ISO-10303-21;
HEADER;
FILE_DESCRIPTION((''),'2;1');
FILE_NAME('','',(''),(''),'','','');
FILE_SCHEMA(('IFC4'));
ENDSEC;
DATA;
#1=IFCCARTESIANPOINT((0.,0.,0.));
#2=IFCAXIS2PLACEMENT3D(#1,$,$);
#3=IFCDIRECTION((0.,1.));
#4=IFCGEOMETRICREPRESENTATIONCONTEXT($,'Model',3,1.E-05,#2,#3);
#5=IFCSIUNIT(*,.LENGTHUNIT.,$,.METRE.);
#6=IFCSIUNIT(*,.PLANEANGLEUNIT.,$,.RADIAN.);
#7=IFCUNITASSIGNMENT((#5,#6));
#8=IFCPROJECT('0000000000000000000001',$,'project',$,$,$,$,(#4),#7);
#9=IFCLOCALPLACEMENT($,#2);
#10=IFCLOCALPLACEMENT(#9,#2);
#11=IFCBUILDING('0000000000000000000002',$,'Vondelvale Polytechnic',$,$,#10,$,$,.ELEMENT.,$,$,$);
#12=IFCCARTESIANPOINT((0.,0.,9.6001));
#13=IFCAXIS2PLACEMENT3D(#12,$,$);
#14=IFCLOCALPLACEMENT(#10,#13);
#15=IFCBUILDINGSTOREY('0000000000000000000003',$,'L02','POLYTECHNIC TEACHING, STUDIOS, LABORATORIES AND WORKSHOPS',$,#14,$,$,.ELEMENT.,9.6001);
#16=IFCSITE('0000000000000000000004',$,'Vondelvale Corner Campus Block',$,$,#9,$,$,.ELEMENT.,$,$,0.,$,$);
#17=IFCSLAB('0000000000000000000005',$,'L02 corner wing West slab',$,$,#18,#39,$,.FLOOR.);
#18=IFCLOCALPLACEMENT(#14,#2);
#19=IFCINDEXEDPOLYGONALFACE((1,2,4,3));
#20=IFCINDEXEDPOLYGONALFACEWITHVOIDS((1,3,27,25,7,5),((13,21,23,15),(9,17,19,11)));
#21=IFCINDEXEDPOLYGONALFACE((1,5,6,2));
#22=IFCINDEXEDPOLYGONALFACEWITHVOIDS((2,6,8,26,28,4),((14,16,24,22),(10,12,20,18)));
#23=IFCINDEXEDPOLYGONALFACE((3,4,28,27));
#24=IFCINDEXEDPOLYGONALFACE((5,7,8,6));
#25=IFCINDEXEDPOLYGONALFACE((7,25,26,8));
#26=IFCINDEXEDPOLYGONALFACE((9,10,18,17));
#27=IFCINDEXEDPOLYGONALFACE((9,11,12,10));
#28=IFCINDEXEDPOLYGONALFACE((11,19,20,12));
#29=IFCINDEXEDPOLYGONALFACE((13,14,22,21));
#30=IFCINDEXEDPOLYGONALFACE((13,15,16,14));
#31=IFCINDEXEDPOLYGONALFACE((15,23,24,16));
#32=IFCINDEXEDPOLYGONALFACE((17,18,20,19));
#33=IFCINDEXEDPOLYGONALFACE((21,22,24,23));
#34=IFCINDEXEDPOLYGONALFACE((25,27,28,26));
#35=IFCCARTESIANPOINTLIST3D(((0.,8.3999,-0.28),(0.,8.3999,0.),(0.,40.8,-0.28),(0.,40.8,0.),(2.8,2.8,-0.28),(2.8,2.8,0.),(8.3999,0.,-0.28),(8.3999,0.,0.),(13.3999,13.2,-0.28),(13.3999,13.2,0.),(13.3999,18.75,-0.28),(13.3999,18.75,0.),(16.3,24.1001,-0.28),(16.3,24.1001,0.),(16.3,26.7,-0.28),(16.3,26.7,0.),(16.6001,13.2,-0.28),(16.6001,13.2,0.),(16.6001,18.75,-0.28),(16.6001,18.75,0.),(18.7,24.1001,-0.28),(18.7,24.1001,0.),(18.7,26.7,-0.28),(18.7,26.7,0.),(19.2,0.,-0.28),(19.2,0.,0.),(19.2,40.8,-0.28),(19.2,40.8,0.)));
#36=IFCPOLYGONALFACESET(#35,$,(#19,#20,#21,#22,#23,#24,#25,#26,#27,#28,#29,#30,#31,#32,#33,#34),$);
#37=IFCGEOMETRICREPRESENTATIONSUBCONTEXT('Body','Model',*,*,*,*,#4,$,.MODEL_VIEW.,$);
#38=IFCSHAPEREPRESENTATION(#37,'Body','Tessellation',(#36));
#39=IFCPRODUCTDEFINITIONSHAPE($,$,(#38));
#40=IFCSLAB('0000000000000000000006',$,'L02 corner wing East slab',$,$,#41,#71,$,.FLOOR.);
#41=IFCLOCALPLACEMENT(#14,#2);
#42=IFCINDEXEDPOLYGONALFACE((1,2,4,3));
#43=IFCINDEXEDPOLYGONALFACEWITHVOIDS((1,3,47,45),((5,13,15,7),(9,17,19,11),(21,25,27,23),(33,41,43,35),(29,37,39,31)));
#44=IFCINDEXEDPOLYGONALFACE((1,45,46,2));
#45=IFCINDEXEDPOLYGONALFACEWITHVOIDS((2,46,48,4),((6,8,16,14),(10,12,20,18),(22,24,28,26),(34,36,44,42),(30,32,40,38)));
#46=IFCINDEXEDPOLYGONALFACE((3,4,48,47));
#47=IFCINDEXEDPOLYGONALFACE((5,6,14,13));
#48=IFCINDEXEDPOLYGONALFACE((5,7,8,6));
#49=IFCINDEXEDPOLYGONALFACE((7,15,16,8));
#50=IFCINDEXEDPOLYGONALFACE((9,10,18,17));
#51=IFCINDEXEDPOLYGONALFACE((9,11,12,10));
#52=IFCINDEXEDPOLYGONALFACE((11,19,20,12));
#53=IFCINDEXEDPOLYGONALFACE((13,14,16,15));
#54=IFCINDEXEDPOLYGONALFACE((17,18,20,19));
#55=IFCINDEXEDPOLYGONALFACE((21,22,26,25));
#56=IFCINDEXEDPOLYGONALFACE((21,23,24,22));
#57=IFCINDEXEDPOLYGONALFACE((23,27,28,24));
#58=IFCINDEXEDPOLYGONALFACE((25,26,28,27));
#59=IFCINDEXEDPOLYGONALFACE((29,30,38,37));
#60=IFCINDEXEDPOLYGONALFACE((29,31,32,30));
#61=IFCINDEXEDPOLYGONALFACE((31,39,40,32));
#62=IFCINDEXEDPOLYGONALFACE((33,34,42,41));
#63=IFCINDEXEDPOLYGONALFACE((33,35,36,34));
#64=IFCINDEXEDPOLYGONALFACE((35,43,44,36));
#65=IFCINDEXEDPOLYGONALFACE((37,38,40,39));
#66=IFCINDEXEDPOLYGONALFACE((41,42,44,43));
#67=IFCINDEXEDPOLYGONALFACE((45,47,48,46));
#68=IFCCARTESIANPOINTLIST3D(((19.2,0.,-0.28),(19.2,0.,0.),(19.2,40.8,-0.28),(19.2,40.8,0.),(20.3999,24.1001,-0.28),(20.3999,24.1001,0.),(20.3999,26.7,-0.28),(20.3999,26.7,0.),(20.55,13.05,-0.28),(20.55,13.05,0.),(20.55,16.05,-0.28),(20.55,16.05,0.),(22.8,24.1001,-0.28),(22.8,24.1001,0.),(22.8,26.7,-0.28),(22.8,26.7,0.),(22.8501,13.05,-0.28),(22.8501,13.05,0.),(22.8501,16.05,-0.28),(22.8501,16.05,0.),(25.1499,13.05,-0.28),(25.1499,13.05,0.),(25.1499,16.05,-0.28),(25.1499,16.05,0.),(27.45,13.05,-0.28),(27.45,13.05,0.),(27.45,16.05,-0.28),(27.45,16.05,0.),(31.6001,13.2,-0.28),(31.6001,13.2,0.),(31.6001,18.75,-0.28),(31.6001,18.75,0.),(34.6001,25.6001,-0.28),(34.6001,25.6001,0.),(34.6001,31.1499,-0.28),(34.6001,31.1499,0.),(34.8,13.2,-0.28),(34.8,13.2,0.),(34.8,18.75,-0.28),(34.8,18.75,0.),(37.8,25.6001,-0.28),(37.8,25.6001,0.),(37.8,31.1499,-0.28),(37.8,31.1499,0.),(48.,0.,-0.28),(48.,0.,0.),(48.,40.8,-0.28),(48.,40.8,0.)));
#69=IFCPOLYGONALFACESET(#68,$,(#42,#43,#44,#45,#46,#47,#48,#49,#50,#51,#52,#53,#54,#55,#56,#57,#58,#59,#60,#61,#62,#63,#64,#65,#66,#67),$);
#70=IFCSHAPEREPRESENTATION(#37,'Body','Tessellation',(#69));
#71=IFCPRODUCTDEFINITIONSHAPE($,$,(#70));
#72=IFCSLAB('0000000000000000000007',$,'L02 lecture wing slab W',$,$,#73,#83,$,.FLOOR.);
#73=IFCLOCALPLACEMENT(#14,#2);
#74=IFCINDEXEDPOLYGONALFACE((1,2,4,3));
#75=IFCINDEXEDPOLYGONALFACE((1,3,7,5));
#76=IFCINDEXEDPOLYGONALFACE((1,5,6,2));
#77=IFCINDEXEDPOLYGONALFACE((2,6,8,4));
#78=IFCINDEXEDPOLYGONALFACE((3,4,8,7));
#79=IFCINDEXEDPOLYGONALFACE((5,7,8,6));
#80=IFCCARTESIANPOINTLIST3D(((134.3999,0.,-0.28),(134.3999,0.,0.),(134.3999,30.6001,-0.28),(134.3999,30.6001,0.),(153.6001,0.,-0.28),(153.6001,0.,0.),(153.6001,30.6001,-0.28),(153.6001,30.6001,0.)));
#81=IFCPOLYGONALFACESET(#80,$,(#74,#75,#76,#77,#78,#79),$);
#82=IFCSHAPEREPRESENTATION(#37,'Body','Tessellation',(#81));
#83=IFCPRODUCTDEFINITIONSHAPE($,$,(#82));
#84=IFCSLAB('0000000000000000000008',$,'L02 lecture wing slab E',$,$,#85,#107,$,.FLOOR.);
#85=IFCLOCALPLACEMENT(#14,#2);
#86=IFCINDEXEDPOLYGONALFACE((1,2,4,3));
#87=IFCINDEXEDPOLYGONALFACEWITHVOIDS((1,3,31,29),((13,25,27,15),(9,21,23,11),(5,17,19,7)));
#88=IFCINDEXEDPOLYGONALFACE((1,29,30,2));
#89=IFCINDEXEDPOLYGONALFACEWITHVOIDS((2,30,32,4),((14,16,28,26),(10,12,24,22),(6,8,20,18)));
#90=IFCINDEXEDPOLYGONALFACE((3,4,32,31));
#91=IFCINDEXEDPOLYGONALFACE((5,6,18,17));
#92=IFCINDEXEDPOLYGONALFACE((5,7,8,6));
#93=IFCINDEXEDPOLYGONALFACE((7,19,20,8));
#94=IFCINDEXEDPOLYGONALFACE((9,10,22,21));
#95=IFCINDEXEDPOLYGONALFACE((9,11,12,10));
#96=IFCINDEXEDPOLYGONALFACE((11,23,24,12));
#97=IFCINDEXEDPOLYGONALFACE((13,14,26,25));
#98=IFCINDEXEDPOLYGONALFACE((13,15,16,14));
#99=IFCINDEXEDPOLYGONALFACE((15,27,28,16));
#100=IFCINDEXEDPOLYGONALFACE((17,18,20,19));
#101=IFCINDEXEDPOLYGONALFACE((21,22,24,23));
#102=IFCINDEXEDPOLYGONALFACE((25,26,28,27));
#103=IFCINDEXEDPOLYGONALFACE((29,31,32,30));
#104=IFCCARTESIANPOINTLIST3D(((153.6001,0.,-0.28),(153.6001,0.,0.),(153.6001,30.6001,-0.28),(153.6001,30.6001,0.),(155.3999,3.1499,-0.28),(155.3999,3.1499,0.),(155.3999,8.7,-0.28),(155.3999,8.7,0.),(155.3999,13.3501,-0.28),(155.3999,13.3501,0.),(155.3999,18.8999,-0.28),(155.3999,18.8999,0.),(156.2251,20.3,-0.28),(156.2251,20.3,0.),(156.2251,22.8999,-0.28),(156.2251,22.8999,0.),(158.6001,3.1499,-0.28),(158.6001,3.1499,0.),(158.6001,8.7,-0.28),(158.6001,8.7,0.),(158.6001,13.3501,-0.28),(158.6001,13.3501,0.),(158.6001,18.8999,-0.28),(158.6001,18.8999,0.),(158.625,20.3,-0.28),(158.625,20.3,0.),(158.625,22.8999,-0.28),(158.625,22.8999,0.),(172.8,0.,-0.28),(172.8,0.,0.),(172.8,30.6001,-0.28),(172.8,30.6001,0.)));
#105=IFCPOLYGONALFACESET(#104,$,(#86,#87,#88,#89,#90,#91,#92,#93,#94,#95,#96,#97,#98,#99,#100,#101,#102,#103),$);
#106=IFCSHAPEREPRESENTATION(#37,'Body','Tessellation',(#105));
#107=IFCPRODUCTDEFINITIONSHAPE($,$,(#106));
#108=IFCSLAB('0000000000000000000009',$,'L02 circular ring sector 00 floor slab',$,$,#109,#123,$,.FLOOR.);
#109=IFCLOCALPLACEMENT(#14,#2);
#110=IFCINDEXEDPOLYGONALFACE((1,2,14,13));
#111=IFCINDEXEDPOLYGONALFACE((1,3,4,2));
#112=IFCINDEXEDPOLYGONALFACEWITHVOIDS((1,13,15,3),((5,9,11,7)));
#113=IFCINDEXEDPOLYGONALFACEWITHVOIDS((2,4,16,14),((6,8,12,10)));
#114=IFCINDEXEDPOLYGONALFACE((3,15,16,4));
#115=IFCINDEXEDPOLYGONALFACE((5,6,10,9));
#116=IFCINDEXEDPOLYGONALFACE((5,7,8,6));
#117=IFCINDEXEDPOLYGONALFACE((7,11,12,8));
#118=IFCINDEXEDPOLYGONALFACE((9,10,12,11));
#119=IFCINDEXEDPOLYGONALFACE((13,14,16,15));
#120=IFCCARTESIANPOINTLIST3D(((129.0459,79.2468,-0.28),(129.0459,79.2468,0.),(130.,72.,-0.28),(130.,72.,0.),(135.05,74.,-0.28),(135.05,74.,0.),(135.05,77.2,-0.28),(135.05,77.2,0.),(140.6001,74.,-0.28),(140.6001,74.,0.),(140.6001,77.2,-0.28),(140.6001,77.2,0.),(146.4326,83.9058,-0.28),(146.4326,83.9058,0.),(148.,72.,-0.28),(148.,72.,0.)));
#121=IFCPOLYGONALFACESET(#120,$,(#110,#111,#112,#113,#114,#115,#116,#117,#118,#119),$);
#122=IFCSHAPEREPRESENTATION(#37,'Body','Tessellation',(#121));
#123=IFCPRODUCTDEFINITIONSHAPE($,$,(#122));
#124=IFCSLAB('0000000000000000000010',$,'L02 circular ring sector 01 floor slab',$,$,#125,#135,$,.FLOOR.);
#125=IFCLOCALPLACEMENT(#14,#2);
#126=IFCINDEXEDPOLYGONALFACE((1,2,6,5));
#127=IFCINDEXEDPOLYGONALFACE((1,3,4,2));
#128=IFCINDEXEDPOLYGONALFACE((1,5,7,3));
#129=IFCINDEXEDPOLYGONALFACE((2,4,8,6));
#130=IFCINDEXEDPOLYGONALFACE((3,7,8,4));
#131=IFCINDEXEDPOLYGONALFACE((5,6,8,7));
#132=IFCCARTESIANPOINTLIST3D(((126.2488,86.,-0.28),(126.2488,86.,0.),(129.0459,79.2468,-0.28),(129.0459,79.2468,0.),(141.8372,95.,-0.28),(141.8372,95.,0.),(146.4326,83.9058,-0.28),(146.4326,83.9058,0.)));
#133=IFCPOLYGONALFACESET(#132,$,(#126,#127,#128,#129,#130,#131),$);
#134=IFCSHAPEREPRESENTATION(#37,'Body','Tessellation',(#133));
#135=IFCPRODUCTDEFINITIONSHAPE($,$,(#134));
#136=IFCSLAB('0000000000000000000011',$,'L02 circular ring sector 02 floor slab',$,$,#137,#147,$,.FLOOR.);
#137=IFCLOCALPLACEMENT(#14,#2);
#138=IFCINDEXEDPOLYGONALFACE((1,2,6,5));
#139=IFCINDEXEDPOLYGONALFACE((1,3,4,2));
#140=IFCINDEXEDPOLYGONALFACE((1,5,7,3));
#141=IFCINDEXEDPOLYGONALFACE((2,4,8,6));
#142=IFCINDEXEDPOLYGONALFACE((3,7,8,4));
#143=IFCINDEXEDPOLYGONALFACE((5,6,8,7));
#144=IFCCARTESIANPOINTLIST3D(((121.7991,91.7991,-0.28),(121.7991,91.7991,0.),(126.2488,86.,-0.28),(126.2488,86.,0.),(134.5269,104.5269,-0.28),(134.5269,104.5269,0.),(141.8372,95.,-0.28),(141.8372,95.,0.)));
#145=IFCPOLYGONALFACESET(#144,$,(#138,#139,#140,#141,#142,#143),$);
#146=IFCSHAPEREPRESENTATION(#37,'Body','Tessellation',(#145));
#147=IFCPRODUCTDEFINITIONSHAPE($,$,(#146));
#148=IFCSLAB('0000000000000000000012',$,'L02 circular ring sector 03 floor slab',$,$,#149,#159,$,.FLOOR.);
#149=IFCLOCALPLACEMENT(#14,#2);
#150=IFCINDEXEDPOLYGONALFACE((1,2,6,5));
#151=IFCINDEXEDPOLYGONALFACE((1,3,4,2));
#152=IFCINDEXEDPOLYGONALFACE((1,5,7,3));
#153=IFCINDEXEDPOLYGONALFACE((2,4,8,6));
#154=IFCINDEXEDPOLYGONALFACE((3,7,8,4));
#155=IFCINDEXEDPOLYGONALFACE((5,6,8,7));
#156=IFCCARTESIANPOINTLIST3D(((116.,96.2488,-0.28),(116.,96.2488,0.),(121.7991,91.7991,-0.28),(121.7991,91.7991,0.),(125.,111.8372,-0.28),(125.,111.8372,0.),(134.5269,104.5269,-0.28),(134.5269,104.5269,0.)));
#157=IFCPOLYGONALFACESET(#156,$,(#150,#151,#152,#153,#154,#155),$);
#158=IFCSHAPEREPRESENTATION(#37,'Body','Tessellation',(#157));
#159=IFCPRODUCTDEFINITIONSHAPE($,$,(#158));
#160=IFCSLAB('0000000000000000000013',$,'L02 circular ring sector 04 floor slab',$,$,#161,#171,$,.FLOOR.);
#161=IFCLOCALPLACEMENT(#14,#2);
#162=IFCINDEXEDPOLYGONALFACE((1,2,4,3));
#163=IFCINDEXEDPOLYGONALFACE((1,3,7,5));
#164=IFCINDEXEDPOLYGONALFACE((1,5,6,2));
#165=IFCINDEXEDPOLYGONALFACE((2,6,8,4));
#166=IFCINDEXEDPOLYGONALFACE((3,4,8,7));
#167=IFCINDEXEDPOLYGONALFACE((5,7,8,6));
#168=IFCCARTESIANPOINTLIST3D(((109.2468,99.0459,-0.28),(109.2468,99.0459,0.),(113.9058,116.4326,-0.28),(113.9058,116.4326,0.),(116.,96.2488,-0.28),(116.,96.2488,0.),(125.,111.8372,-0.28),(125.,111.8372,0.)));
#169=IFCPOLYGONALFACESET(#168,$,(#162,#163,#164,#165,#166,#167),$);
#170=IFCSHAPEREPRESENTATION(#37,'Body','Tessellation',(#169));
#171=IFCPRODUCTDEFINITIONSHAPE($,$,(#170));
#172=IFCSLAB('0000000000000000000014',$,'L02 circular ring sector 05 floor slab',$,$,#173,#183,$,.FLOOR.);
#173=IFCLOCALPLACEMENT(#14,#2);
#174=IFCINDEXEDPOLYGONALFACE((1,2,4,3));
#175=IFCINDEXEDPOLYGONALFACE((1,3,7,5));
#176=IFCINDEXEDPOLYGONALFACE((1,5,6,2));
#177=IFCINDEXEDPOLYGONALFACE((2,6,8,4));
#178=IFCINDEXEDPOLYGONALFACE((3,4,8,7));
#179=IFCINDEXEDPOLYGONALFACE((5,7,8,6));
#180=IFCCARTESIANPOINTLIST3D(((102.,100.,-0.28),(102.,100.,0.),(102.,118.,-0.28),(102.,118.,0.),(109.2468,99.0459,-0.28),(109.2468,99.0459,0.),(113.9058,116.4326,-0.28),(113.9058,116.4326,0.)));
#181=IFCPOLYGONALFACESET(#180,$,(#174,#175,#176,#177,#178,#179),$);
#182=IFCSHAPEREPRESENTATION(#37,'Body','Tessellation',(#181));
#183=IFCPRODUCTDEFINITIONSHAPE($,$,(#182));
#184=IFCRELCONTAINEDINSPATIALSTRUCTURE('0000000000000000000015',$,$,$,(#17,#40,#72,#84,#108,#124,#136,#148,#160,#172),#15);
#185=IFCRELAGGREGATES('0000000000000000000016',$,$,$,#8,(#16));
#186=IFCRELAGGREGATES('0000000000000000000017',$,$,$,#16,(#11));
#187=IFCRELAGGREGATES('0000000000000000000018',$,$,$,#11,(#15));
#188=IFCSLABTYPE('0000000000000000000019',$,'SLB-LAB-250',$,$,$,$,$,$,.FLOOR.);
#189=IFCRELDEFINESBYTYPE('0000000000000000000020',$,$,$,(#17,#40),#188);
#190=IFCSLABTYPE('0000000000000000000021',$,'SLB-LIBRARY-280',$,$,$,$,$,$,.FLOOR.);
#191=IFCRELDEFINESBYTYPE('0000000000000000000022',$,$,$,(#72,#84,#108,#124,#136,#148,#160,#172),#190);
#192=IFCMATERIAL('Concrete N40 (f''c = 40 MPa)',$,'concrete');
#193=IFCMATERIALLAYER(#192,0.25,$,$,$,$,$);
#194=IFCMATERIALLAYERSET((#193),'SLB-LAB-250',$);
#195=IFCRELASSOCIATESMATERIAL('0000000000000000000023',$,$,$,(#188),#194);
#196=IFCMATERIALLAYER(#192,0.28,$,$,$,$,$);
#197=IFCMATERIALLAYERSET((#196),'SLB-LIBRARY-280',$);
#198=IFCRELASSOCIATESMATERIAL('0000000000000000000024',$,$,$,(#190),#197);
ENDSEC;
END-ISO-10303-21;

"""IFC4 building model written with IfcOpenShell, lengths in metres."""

from ifc_helpers import new_model, si_unit, direction, frame, origin, place, context, subcontext, project, spatial, polyline, outline, extrude, material, layer, layer_set, type_object, element, save


model = new_model("IFC4")

# Units and contexts
model_context = context("Model", 3, precision=1e-05, world=origin(), true_north=direction((0.0, 1.0)))
body_context = subcontext(model_context, "Body", "Model", "MODEL_VIEW")
ifc_project = project(units=[si_unit("LENGTHUNIT", "METRE"), si_unit("PLANEANGLEUNIT", "RADIAN")], contexts=[model_context])

# Site, building, storey
site_placement = place(None, origin())
site = spatial("IfcSite", under=ifc_project, at=site_placement, Name="Vondelvale Corner Campus Block", CompositionType="ELEMENT", RefElevation=0.0)
building_placement = place(site_placement, origin())
building = spatial("IfcBuilding", under=site, at=building_placement, Name="Vondelvale Polytechnic", CompositionType="ELEMENT")
storey_placement = place(building_placement, frame((0.0, 0.0, 9.6001)))
storey = spatial("IfcBuildingStorey", under=building, at=storey_placement, Name="L02", Description="POLYTECHNIC TEACHING, STUDIOS, LABORATORIES AND WORKSHOPS", CompositionType="ELEMENT", Elevation=9.6001)

# Slabs
ifc_material = material(Name="Concrete N40 (f'c = 40 MPa)", Category="concrete")
ifc_layer_1 = layer(ifc_material, 0.25)
ifc_layer_set_1 = layer_set([ifc_layer_1], Name="SLB-LAB-250")
slab_type_1 = type_object("IfcSlabType", Name="SLB-LAB-250", PredefinedType="FLOOR", material=ifc_layer_set_1)
slab_1_placement = place(storey_placement, frame((0.0, 0.0, -0.28)))
element("IfcSlab", 1, at=slab_1_placement, inside=storey, type_object=slab_type_1, Name="L02 corner wing West slab", PredefinedType="FLOOR", context=body_context, shape_type="SweptSolid", body=[
    extrude(outline(polyline([(8.3999, 0.0), (19.2, 0.0), (19.2, 40.8), (0.0, 40.8), (0.0, 8.3999), (2.8, 2.8), (8.3999, 0.0)]), holes=[polyline([(13.3999, 18.75), (13.3999, 13.2), (16.6001, 13.2), (16.6001, 18.75), (13.3999, 18.75)]), polyline([(16.3, 24.1001), (18.7, 24.1001), (18.7, 26.7), (16.3, 26.7), (16.3, 24.1001)])]), origin(), (0.0, 0.0, 1.0), 0.28),
])
slab_2_placement = place(storey_placement, frame((0.0, 0.0, -0.28)))
element("IfcSlab", 2, at=slab_2_placement, inside=storey, type_object=slab_type_1, Name="L02 corner wing East slab", PredefinedType="FLOOR", context=body_context, shape_type="SweptSolid", body=[
    extrude(outline(polyline([(19.2, 0.0), (48.0, 0.0), (48.0, 40.8), (19.2, 40.8), (19.2, 0.0)]), holes=[polyline([(31.6001, 18.75), (31.6001, 13.2), (34.8, 13.2), (34.8, 18.75), (31.6001, 18.75)]), polyline([(37.8, 25.6001), (37.8, 31.1499), (34.6001, 31.1499), (34.6001, 25.6001), (37.8, 25.6001)]), polyline([(20.55, 13.05), (22.8501, 13.05), (22.8501, 16.05), (20.55, 16.05), (20.55, 13.05)]), polyline([(25.1499, 13.05), (27.45, 13.05), (27.45, 16.05), (25.1499, 16.05), (25.1499, 13.05)]), polyline([(20.3999, 24.1001), (22.8, 24.1001), (22.8, 26.7), (20.3999, 26.7), (20.3999, 24.1001)])]), origin(), (0.0, 0.0, 1.0), 0.28),
])
ifc_layer_2 = layer(ifc_material, 0.28)
ifc_layer_set_2 = layer_set([ifc_layer_2], Name="SLB-LIBRARY-280")
slab_type_2 = type_object("IfcSlabType", Name="SLB-LIBRARY-280", PredefinedType="FLOOR", material=ifc_layer_set_2)
slab_3_placement = place(storey_placement, frame((0.0, 0.0, -0.28)))
element("IfcSlab", 3, at=slab_3_placement, inside=storey, type_object=slab_type_2, Name="L02 lecture wing slab W", PredefinedType="FLOOR", context=body_context, shape_type="SweptSolid", body=[
    extrude(outline(polyline([(134.3999, 0.0), (153.6001, 0.0), (153.6001, 30.6001), (134.3999, 30.6001), (134.3999, 0.0)])), origin(), (0.0, 0.0, 1.0), 0.28),
])
slab_4_placement = place(storey_placement, frame((0.0, 0.0, -0.28)))
element("IfcSlab", 4, at=slab_4_placement, inside=storey, type_object=slab_type_2, Name="L02 lecture wing slab E", PredefinedType="FLOOR", context=body_context, shape_type="SweptSolid", body=[
    extrude(outline(polyline([(153.6001, 0.0), (172.8, 0.0), (172.8, 30.6001), (153.6001, 30.6001), (153.6001, 0.0)]), holes=[polyline([(158.6001, 3.1499), (158.6001, 8.7), (155.3999, 8.7), (155.3999, 3.1499), (158.6001, 3.1499)]), polyline([(158.6001, 13.3501), (158.6001, 18.8999), (155.3999, 18.8999), (155.3999, 13.3501), (158.6001, 13.3501)]), polyline([(156.2251, 20.3), (158.625, 20.3), (158.625, 22.8999), (156.2251, 22.8999), (156.2251, 20.3)])]), origin(), (0.0, 0.0, 1.0), 0.28),
])
slab_5_placement = place(storey_placement, frame((0.0, 0.0, -0.28)))
element("IfcSlab", 5, at=slab_5_placement, inside=storey, type_object=slab_type_2, Name="L02 circular ring sector 00 floor slab", PredefinedType="FLOOR", context=body_context, shape_type="SweptSolid", body=[
    extrude(outline(polyline([(130.0, 72.0), (148.0, 72.0), (146.4326, 83.9058), (129.0459, 79.2468), (130.0, 72.0)]), holes=[polyline([(135.05, 74.0), (140.6001, 74.0), (140.6001, 77.2), (135.05, 77.2), (135.05, 74.0)])]), origin(), (0.0, 0.0, 1.0), 0.28),
])
slab_6_placement = place(storey_placement, frame((0.0, 0.0, -0.28)))
element("IfcSlab", 6, at=slab_6_placement, inside=storey, type_object=slab_type_2, Name="L02 circular ring sector 01 floor slab", PredefinedType="FLOOR", context=body_context, shape_type="SweptSolid", body=[
    extrude(outline(polyline([(129.0459, 79.2468), (146.4326, 83.9058), (141.8372, 95.0), (126.2488, 86.0), (129.0459, 79.2468)])), origin(), (0.0, 0.0, 1.0), 0.28),
])
slab_7_placement = place(storey_placement, frame((0.0, 0.0, -0.28)))
element("IfcSlab", 7, at=slab_7_placement, inside=storey, type_object=slab_type_2, Name="L02 circular ring sector 02 floor slab", PredefinedType="FLOOR", context=body_context, shape_type="SweptSolid", body=[
    extrude(outline(polyline([(126.2488, 86.0), (141.8372, 95.0), (134.5269, 104.5269), (121.7991, 91.7991), (126.2488, 86.0)])), origin(), (0.0, 0.0, 1.0), 0.28),
])
slab_8_placement = place(storey_placement, frame((0.0, 0.0, -0.28)))
element("IfcSlab", 8, at=slab_8_placement, inside=storey, type_object=slab_type_2, Name="L02 circular ring sector 03 floor slab", PredefinedType="FLOOR", context=body_context, shape_type="SweptSolid", body=[
    extrude(outline(polyline([(121.7991, 91.7991), (134.5269, 104.5269), (125.0, 111.8372), (116.0, 96.2488), (121.7991, 91.7991)])), origin(), (0.0, 0.0, 1.0), 0.28),
])
slab_9_placement = place(storey_placement, frame((0.0, 0.0, -0.28)))
element("IfcSlab", 9, at=slab_9_placement, inside=storey, type_object=slab_type_2, Name="L02 circular ring sector 04 floor slab", PredefinedType="FLOOR", context=body_context, shape_type="SweptSolid", body=[
    extrude(outline(polyline([(116.0, 96.2488), (125.0, 111.8372), (113.9058, 116.4326), (109.2468, 99.0459), (116.0, 96.2488)])), origin(), (0.0, 0.0, 1.0), 0.28),
])
slab_10_placement = place(storey_placement, frame((0.0, 0.0, -0.28)))
element("IfcSlab", 10, at=slab_10_placement, inside=storey, type_object=slab_type_2, Name="L02 circular ring sector 05 floor slab", PredefinedType="FLOOR", context=body_context, shape_type="SweptSolid", body=[
    extrude(outline(polyline([(109.2468, 99.0459), (113.9058, 116.4326), (102.0, 118.0), (102.0, 100.0), (109.2468, 99.0459)])), origin(), (0.0, 0.0, 1.0), 0.28),
])

save(model, "model.ifc")
